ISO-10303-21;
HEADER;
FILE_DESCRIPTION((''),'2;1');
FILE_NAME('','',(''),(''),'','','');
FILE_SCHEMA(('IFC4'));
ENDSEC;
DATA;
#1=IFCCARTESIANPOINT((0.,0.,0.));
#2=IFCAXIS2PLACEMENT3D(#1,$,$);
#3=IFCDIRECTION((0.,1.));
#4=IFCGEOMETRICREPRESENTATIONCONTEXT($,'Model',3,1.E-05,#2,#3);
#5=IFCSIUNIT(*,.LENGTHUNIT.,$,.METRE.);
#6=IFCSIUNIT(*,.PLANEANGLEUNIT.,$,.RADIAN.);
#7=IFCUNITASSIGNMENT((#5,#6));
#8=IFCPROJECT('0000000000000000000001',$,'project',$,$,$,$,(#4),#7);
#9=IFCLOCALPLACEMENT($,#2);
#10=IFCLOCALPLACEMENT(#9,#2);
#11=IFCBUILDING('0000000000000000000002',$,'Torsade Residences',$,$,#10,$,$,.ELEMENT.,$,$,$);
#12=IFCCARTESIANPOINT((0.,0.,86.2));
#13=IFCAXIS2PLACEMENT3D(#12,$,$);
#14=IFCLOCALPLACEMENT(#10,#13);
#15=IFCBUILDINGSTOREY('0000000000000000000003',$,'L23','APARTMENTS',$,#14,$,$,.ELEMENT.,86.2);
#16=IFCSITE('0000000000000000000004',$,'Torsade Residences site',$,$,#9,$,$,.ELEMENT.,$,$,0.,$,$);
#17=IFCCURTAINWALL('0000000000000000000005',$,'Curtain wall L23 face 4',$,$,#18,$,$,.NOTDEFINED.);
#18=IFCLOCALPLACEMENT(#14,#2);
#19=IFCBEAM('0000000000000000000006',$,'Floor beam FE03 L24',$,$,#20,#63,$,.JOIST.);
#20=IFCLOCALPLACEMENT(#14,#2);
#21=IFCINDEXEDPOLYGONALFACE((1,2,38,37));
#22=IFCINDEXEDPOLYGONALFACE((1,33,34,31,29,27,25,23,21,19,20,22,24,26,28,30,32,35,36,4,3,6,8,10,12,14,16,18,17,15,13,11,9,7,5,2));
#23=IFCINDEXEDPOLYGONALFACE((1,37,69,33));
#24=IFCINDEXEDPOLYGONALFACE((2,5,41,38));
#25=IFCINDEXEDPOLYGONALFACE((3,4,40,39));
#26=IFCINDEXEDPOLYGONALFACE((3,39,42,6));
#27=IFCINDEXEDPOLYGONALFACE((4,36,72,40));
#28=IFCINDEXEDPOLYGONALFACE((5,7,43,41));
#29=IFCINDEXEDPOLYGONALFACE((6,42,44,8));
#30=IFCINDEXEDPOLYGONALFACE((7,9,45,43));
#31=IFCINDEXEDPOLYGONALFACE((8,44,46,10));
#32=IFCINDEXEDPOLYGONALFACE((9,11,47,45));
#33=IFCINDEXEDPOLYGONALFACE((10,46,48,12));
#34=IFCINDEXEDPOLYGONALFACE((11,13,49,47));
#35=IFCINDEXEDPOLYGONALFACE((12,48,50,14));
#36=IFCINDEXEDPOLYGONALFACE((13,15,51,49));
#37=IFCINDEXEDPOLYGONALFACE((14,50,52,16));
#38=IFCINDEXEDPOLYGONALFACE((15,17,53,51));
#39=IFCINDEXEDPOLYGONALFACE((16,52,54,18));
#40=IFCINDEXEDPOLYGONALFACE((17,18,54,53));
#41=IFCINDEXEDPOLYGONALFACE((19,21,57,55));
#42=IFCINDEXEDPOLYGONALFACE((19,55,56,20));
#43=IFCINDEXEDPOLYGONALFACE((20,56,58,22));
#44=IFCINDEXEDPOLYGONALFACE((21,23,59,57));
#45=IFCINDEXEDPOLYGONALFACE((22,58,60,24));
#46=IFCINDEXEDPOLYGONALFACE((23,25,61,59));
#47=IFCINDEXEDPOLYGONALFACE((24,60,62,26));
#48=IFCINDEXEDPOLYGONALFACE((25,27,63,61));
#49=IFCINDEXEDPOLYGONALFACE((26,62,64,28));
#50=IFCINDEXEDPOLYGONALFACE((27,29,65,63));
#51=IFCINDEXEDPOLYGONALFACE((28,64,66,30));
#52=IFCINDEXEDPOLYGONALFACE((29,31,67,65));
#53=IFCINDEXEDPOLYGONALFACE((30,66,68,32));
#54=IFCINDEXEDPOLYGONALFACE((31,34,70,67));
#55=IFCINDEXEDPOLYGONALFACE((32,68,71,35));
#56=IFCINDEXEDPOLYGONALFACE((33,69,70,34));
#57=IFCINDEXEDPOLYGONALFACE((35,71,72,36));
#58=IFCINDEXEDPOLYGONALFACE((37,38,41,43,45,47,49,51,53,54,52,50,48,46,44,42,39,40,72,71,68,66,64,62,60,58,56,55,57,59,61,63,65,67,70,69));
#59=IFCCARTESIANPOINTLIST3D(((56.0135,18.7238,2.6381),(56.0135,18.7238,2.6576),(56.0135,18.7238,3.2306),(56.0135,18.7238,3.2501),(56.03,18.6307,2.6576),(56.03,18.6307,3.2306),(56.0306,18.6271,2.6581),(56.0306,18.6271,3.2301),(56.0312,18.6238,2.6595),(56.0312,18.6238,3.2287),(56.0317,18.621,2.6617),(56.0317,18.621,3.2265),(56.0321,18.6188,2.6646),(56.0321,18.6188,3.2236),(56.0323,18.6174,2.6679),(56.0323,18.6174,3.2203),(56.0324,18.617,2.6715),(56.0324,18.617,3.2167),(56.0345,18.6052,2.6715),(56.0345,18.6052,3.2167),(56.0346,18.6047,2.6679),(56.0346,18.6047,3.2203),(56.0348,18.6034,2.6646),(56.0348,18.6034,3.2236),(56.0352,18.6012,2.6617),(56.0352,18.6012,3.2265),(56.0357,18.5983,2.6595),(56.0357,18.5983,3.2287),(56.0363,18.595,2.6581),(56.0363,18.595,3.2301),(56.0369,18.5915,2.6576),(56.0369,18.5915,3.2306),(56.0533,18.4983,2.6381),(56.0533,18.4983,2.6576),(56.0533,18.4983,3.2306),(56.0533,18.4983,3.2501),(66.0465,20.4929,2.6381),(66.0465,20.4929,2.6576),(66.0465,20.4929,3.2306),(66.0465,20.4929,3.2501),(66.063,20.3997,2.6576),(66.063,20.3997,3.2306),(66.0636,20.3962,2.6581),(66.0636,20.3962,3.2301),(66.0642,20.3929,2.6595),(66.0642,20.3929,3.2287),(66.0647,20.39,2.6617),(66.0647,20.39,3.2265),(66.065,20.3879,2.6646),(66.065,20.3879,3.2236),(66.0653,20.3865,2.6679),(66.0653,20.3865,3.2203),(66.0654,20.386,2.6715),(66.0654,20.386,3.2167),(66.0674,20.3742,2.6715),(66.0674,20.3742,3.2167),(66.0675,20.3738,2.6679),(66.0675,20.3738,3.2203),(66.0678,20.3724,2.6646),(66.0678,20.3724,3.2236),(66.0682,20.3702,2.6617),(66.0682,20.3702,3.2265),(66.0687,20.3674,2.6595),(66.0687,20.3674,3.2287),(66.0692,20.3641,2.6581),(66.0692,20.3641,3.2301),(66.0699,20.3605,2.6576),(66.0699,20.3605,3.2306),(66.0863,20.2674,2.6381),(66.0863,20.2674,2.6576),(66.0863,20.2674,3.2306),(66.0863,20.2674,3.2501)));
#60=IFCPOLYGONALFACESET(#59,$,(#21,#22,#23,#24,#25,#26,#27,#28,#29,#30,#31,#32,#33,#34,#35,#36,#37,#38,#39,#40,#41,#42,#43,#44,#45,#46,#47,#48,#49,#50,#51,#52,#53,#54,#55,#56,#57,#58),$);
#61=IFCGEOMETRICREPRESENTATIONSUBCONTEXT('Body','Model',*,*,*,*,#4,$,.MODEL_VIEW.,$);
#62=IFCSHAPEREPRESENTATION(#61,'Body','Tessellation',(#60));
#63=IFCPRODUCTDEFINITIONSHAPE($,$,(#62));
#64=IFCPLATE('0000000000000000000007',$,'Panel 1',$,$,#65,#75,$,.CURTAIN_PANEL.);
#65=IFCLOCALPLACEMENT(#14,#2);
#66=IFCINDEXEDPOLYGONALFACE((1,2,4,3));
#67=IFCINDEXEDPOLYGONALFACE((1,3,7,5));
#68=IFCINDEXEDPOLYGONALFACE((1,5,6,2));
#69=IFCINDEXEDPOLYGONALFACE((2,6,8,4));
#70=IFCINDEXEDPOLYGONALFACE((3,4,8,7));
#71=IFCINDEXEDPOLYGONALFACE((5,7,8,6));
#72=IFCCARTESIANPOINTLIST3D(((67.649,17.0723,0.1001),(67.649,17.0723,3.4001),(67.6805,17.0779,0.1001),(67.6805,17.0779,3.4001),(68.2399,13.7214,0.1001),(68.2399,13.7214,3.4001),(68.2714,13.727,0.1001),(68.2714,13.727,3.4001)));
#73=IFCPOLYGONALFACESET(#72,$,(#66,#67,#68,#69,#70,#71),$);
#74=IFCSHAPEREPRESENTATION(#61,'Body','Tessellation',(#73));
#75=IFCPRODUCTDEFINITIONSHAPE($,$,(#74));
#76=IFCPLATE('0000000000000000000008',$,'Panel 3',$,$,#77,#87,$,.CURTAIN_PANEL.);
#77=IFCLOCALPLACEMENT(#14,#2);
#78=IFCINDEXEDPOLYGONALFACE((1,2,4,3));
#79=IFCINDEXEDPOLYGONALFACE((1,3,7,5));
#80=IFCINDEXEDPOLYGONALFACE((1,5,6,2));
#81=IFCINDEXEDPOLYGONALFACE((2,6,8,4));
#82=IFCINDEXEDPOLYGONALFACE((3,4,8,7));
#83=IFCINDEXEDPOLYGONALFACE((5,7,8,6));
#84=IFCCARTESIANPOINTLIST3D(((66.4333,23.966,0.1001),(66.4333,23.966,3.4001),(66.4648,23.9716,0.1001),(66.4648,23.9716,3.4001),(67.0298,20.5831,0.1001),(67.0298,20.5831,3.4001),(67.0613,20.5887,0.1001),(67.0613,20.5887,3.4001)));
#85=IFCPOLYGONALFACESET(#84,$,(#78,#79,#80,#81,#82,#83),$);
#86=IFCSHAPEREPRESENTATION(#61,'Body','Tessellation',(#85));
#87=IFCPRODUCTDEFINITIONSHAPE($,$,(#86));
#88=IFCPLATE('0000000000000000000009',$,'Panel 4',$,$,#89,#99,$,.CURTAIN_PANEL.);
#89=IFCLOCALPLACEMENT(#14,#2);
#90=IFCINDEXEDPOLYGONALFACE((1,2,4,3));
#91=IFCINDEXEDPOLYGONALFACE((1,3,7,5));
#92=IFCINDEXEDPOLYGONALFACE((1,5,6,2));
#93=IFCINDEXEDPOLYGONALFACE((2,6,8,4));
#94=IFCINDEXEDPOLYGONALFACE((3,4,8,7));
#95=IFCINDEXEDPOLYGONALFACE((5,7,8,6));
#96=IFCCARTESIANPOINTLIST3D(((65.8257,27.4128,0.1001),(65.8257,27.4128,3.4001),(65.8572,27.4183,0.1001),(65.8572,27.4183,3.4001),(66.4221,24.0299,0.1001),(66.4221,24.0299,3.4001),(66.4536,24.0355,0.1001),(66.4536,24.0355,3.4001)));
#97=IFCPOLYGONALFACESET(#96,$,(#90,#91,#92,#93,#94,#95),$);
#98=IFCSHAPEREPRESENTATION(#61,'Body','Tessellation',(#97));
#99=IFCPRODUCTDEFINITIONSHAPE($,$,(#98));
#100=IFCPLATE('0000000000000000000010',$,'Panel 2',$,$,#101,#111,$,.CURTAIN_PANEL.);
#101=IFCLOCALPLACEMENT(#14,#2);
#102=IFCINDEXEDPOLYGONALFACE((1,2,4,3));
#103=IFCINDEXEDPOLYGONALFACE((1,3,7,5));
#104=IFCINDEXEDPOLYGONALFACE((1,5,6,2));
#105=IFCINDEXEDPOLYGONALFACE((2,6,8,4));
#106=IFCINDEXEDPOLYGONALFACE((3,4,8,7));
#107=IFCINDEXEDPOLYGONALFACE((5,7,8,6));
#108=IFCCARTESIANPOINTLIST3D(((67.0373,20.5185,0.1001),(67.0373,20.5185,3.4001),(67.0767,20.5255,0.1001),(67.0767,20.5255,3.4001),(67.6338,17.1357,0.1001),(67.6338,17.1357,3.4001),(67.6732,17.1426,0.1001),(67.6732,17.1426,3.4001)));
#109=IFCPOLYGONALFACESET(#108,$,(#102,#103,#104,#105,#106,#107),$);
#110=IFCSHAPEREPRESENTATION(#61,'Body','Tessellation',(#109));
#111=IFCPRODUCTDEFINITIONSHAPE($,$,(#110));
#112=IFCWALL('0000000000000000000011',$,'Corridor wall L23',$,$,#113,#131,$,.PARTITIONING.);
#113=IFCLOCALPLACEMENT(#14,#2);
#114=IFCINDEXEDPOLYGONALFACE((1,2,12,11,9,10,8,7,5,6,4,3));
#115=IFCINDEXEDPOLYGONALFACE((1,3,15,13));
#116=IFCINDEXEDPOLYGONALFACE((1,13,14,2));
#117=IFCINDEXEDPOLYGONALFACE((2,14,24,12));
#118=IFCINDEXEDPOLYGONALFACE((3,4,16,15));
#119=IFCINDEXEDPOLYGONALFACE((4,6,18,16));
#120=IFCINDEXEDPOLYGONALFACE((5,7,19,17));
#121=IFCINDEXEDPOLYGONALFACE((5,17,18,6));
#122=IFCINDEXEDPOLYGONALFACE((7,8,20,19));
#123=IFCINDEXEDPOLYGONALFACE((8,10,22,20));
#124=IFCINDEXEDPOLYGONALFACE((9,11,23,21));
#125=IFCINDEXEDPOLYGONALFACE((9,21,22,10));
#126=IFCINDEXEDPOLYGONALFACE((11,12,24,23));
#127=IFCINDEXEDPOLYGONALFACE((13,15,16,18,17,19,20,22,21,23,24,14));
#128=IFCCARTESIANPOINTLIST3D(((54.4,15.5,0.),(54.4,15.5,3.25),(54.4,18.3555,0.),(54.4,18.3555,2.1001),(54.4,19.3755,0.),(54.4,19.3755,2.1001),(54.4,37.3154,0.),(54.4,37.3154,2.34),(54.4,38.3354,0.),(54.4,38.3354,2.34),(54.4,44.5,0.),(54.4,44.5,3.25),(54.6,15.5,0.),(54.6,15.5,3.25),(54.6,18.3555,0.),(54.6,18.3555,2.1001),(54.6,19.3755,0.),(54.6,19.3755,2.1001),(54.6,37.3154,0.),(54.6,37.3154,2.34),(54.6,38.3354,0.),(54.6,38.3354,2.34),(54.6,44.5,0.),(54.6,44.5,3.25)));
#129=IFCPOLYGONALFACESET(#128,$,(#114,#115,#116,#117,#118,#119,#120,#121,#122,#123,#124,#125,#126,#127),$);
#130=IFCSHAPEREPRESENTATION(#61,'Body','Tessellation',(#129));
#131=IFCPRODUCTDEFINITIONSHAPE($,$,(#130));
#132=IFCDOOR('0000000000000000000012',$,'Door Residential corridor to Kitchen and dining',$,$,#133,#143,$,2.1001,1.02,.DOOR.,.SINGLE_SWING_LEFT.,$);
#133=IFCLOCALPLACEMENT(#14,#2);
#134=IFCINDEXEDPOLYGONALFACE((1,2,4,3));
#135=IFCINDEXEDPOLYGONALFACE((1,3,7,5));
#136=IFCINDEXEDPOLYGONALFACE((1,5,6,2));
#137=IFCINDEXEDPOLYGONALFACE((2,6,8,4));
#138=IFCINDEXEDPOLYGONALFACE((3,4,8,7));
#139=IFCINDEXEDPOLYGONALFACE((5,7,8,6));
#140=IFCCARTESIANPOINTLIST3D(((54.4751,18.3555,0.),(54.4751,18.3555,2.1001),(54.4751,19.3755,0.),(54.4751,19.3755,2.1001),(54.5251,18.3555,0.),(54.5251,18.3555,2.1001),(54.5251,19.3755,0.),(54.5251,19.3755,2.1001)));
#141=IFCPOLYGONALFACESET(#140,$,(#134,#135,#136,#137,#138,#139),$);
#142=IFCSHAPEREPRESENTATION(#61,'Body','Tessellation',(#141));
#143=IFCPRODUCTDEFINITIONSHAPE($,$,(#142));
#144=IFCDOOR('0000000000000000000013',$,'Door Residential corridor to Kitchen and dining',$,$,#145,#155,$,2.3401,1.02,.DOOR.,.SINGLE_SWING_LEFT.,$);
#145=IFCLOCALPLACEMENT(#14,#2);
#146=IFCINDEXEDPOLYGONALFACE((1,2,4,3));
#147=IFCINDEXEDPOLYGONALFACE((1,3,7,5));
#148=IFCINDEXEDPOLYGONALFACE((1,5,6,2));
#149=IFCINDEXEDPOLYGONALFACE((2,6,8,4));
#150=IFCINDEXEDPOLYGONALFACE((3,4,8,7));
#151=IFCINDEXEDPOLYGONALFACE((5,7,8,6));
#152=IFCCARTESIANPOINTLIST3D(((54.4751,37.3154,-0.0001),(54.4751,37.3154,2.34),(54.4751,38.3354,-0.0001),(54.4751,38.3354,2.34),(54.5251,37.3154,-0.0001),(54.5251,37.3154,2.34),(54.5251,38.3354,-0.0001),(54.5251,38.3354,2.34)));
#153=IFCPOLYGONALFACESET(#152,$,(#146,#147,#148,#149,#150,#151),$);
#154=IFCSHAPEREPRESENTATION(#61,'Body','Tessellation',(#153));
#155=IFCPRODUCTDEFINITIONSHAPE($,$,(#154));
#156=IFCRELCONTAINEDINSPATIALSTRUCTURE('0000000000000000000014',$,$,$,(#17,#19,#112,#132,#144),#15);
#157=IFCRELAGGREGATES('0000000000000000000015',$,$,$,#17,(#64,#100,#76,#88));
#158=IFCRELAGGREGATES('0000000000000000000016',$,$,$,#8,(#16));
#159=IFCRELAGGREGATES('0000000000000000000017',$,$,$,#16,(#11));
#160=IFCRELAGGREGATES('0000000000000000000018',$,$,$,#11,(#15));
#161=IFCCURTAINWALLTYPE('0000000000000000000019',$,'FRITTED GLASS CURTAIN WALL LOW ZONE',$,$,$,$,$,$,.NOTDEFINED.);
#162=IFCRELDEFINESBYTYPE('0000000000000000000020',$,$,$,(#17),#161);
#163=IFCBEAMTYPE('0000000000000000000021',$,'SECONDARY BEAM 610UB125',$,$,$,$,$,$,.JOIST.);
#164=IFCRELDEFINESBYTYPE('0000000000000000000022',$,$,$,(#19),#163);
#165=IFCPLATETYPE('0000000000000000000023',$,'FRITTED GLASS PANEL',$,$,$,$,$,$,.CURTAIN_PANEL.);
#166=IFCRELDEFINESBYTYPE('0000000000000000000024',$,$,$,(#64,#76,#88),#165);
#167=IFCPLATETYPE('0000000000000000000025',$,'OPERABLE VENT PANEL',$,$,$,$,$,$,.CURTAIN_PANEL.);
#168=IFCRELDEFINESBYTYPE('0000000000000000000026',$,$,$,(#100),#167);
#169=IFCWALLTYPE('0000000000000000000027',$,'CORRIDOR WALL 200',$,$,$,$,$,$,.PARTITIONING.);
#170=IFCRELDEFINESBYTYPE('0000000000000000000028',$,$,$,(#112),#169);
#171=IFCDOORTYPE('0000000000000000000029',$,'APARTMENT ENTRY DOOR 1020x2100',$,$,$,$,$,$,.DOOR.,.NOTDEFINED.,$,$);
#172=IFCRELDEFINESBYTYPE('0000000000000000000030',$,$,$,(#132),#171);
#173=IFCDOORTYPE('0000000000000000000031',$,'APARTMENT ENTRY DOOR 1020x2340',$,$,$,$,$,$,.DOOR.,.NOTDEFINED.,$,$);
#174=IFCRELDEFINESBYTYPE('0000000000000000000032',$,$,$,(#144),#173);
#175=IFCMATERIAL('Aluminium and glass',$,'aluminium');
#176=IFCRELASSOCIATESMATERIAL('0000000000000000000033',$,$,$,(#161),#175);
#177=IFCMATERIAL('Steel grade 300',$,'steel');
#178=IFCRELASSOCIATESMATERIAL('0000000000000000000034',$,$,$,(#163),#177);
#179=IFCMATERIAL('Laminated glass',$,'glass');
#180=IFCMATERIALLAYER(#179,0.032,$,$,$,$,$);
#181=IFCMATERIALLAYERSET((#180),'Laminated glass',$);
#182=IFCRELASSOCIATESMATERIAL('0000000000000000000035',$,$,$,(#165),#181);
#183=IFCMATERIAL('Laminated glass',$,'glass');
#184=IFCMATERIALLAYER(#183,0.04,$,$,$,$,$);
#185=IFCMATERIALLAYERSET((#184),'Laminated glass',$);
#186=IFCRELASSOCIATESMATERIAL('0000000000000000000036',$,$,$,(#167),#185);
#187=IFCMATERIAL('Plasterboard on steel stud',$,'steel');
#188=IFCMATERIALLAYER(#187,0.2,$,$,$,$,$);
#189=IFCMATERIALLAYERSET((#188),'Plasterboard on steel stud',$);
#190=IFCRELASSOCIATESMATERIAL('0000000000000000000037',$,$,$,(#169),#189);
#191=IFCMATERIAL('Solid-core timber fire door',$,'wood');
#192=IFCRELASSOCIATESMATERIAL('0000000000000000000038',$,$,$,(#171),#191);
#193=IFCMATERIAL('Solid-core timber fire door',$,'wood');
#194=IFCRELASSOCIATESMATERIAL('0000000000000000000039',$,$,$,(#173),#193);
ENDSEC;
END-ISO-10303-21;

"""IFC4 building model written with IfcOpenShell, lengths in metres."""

from ifc_helpers import new_model, si_unit, direction, frame, frame_2d, origin, origin_2d, place, context, subcontext, project, spatial, rectangle, i_section, extrude, material, layer, layer_set, material_profile, profile_set, type_object, element, fill, aggregate, save


model = new_model("IFC4")

# Units and contexts
model_context = context("Model", 3, precision=1e-05, world=origin(), true_north=direction((0.0, 1.0)))
body_context = subcontext(model_context, "Body", "Model", "MODEL_VIEW")
ifc_project = project(units=[si_unit("LENGTHUNIT", "METRE"), si_unit("PLANEANGLEUNIT", "RADIAN")], contexts=[model_context])

# Site, building, storey
site_placement = place(None, origin())
site = spatial("IfcSite", under=ifc_project, at=site_placement, Name="Torsade Residences site", CompositionType="ELEMENT", RefElevation=0.0)
building_placement = place(site_placement, origin())
building = spatial("IfcBuilding", under=site, at=building_placement, Name="Torsade Residences", CompositionType="ELEMENT")
storey_placement = place(building_placement, frame((0.0, 0.0, 86.2)))
storey = spatial("IfcBuildingStorey", under=building, at=storey_placement, Name="L23", Description="APARTMENTS", CompositionType="ELEMENT", Elevation=86.2)

# Curtain wall
ifc_material_1 = material(Name="Aluminium and glass", Category="aluminium")
curtain_wall_type = type_object("IfcCurtainWallType", Name="FRITTED GLASS CURTAIN WALL LOW ZONE", PredefinedType="NOTDEFINED", material=ifc_material_1)
curtain_wall_placement = place(storey_placement, origin())
curtain_wall = element("IfcCurtainWall", 1, at=curtain_wall_placement, inside=storey, type_object=curtain_wall_type, Name="Curtain wall L23 face 4", PredefinedType="NOTDEFINED")

# Beam
ifc_material_2 = material(Name="Steel grade 300", Category="steel")
ifc_material_profile_1 = material_profile(ifc_material_2, i_section(OverallWidth=0.229, OverallDepth=0.6121, WebThickness=0.012, FlangeThickness=0.0195, FilletRadius=0.0139, at=origin_2d()), Name="610UB125")
ifc_profile_set_1 = profile_set([ifc_material_profile_1], Name="Steel grade 300")
beam_type_1 = type_object("IfcBeamType", Name="SECONDARY BEAM 610UB125", PredefinedType="JOIST", material=ifc_profile_set_1)
beam_1_placement = place(storey_placement, frame((66.0664, 20.3801, 2.9441), z_axis=(-0.984808, -0.173645, 0.0), x_axis=(0.173645, -0.984808, 0.0)))
element("IfcBeam", 2, at=beam_1_placement, inside=storey, type_object=beam_type_1, Name="Floor beam FE03 L24", PredefinedType="JOIST", context=body_context, shape_type="SweptSolid", body=[
    extrude(i_section(OverallWidth=0.229, OverallDepth=0.6121, WebThickness=0.012, FlangeThickness=0.0195, FilletRadius=0.0139, at=origin_2d()), origin(), (0.0, 0.0, 1.0), 10.1877),
])

# Plates
ifc_material_3 = material(Name="Laminated glass", Category="glass")
ifc_layer_1 = layer(ifc_material_3, 0.032)
ifc_layer_set_1 = layer_set([ifc_layer_1], Name="Laminated glass")
plate_type_1 = type_object("IfcPlateType", Name="FRITTED GLASS PANEL", PredefinedType="CURTAIN_PANEL", material=ifc_layer_set_1)
plate_1_placement = place(storey_placement, frame((67.9602, 15.3997, 0.1001), z_axis=(0.0, 0.0, 1.0), x_axis=(-0.173648, 0.984808, 0.0)))
plate_1 = element("IfcPlate", 3, at=plate_1_placement, type_object=plate_type_1, Name="Panel 1", PredefinedType="CURTAIN_PANEL", context=body_context, shape_type="SweptSolid", body=[
    extrude(rectangle(XDim=3.4026, YDim=0.032, at=origin_2d()), origin(), (0.0, 0.0, 1.0), 3.3),
])
plate_2_placement = place(storey_placement, frame((66.7473, 22.2773, 0.1001), z_axis=(0.0, 0.0, 1.0), x_axis=(-0.173648, 0.984808, 0.0)))
plate_2 = element("IfcPlate", 4, at=plate_2_placement, type_object=plate_type_1, Name="Panel 3", PredefinedType="CURTAIN_PANEL", context=body_context, shape_type="SweptSolid", body=[
    extrude(rectangle(XDim=3.4351, YDim=0.032, at=origin_2d()), origin(), (0.0, 0.0, 1.0), 3.3),
])
plate_3_placement = place(storey_placement, frame((66.1396, 25.7241, 0.1001), z_axis=(0.0, 0.0, 1.0), x_axis=(-0.173648, 0.984808, 0.0)))
plate_3 = element("IfcPlate", 5, at=plate_3_placement, type_object=plate_type_1, Name="Panel 4", PredefinedType="CURTAIN_PANEL", context=body_context, shape_type="SweptSolid", body=[
    extrude(rectangle(XDim=3.4351, YDim=0.032, at=origin_2d()), origin(), (0.0, 0.0, 1.0), 3.3),
])
ifc_material_4 = material(Name="Laminated glass", Category="glass")
ifc_layer_2 = layer(ifc_material_4, 0.04)
ifc_layer_set_2 = layer_set([ifc_layer_2], Name="Laminated glass")
plate_type_2 = type_object("IfcPlateType", Name="OPERABLE VENT PANEL", PredefinedType="CURTAIN_PANEL", material=ifc_layer_set_2)
plate_4_placement = place(storey_placement, frame((67.3552, 18.8306, 0.1001), z_axis=(0.0, 0.0, 1.0), x_axis=(-0.173648, 0.984808, 0.0)))
plate_4 = element("IfcPlate", 6, at=plate_4_placement, type_object=plate_type_2, Name="Panel 2", PredefinedType="CURTAIN_PANEL", context=body_context, shape_type="SweptSolid", body=[
    extrude(rectangle(XDim=3.4351, YDim=0.04, at=origin_2d()), origin(), (0.0, 0.0, 1.0), 3.3),
])
aggregate(curtain_wall, [plate_1, plate_4, plate_2, plate_3])

# Wall, openings, doors
ifc_material_5 = material(Name="Plasterboard on steel stud", Category="steel")
ifc_layer_3 = layer(ifc_material_5, 0.2)
ifc_layer_set_3 = layer_set([ifc_layer_3], Name="Plasterboard on steel stud")
wall_type_1 = type_object("IfcWallType", Name="CORRIDOR WALL 200", PredefinedType="PARTITIONING", material=ifc_layer_set_3)
wall_1_placement = place(storey_placement, frame((54.5, 15.5, 0.0), z_axis=(0.0, 0.0, 1.0), x_axis=(0.0, 1.0, 0.0)))
wall_1 = element("IfcWall", 7, at=wall_1_placement, inside=storey, type_object=wall_type_1, Name="Corridor wall L23", PredefinedType="PARTITIONING", context=body_context, shape_type="SweptSolid", body=[
    extrude(rectangle(XDim=29.0, YDim=0.2, at=frame_2d((14.5, 0.0))), origin(), (0.0, 0.0, 1.0), 3.25),
])
opening_1_placement = place(wall_1_placement, frame((21.8154, 0.0, 0.0)))
opening_1 = element("IfcOpeningElement", 8, at=opening_1_placement, cuts=wall_1, PredefinedType="OPENING", context=body_context, shape_type="SweptSolid", body=[
    extrude(rectangle(XDim=1.02, YDim=2.3401, at=frame_2d((0.51, 1.1699))), frame((0.0, 0.1099, 0.0), z_axis=(0.0, -1.0, 0.0), x_axis=(1.0, 0.0, 0.0)), (0.0, 0.0, 1.0), 0.22),
])
opening_2_placement = place(wall_1_placement, frame((2.8555, 0.0, 0.0)))
opening_2 = element("IfcOpeningElement", 9, at=opening_2_placement, cuts=wall_1, PredefinedType="OPENING", context=body_context, shape_type="SweptSolid", body=[
    extrude(rectangle(XDim=1.02, YDim=2.1001, at=frame_2d((0.51, 1.05))), frame((0.0, 0.1099, 0.0), z_axis=(0.0, -1.0, 0.0), x_axis=(1.0, 0.0, 0.0)), (0.0, 0.0, 1.0), 0.22),
])
ifc_material_6 = material(Name="Solid-core timber fire door", Category="wood")
door_type_1 = type_object("IfcDoorType", Name="APARTMENT ENTRY DOOR 1020x2100", OperationType="NOTDEFINED", PredefinedType="DOOR", material=ifc_material_6)
door_1_placement = place(opening_2_placement, origin())
door_1 = element("IfcDoor", 10, at=door_1_placement, inside=storey, type_object=door_type_1, Name="Door Residential corridor to Kitchen and dining", OperationType="SINGLE_SWING_LEFT", OverallHeight=2.1001, OverallWidth=1.02, PredefinedType="DOOR", context=body_context, shape_type="SweptSolid", body=[
    extrude(rectangle(XDim=1.02, YDim=2.1001, at=frame_2d((0.51, 1.05))), frame((0.0, 0.0249, 0.0), z_axis=(0.0, -1.0, 0.0), x_axis=(1.0, 0.0, 0.0)), (0.0, 0.0, 1.0), 0.05),
])
fill(opening_2, door_1)
ifc_material_7 = material(Name="Solid-core timber fire door", Category="wood")
door_type_2 = type_object("IfcDoorType", Name="APARTMENT ENTRY DOOR 1020x2340", OperationType="NOTDEFINED", PredefinedType="DOOR", material=ifc_material_7)
door_2_placement = place(opening_1_placement, origin())
door_2 = element("IfcDoor", 11, at=door_2_placement, inside=storey, type_object=door_type_2, Name="Door Residential corridor to Kitchen and dining", OperationType="SINGLE_SWING_LEFT", OverallHeight=2.3401, OverallWidth=1.02, PredefinedType="DOOR", context=body_context, shape_type="SweptSolid", body=[
    extrude(rectangle(XDim=1.02, YDim=2.3401, at=frame_2d((0.51, 1.1699))), frame((0.0, 0.0249, 0.0), z_axis=(0.0, -1.0, 0.0), x_axis=(1.0, 0.0, 0.0)), (0.0, 0.0, 1.0), 0.05),
])
fill(opening_1, door_2)

save(model, "model.ifc")
